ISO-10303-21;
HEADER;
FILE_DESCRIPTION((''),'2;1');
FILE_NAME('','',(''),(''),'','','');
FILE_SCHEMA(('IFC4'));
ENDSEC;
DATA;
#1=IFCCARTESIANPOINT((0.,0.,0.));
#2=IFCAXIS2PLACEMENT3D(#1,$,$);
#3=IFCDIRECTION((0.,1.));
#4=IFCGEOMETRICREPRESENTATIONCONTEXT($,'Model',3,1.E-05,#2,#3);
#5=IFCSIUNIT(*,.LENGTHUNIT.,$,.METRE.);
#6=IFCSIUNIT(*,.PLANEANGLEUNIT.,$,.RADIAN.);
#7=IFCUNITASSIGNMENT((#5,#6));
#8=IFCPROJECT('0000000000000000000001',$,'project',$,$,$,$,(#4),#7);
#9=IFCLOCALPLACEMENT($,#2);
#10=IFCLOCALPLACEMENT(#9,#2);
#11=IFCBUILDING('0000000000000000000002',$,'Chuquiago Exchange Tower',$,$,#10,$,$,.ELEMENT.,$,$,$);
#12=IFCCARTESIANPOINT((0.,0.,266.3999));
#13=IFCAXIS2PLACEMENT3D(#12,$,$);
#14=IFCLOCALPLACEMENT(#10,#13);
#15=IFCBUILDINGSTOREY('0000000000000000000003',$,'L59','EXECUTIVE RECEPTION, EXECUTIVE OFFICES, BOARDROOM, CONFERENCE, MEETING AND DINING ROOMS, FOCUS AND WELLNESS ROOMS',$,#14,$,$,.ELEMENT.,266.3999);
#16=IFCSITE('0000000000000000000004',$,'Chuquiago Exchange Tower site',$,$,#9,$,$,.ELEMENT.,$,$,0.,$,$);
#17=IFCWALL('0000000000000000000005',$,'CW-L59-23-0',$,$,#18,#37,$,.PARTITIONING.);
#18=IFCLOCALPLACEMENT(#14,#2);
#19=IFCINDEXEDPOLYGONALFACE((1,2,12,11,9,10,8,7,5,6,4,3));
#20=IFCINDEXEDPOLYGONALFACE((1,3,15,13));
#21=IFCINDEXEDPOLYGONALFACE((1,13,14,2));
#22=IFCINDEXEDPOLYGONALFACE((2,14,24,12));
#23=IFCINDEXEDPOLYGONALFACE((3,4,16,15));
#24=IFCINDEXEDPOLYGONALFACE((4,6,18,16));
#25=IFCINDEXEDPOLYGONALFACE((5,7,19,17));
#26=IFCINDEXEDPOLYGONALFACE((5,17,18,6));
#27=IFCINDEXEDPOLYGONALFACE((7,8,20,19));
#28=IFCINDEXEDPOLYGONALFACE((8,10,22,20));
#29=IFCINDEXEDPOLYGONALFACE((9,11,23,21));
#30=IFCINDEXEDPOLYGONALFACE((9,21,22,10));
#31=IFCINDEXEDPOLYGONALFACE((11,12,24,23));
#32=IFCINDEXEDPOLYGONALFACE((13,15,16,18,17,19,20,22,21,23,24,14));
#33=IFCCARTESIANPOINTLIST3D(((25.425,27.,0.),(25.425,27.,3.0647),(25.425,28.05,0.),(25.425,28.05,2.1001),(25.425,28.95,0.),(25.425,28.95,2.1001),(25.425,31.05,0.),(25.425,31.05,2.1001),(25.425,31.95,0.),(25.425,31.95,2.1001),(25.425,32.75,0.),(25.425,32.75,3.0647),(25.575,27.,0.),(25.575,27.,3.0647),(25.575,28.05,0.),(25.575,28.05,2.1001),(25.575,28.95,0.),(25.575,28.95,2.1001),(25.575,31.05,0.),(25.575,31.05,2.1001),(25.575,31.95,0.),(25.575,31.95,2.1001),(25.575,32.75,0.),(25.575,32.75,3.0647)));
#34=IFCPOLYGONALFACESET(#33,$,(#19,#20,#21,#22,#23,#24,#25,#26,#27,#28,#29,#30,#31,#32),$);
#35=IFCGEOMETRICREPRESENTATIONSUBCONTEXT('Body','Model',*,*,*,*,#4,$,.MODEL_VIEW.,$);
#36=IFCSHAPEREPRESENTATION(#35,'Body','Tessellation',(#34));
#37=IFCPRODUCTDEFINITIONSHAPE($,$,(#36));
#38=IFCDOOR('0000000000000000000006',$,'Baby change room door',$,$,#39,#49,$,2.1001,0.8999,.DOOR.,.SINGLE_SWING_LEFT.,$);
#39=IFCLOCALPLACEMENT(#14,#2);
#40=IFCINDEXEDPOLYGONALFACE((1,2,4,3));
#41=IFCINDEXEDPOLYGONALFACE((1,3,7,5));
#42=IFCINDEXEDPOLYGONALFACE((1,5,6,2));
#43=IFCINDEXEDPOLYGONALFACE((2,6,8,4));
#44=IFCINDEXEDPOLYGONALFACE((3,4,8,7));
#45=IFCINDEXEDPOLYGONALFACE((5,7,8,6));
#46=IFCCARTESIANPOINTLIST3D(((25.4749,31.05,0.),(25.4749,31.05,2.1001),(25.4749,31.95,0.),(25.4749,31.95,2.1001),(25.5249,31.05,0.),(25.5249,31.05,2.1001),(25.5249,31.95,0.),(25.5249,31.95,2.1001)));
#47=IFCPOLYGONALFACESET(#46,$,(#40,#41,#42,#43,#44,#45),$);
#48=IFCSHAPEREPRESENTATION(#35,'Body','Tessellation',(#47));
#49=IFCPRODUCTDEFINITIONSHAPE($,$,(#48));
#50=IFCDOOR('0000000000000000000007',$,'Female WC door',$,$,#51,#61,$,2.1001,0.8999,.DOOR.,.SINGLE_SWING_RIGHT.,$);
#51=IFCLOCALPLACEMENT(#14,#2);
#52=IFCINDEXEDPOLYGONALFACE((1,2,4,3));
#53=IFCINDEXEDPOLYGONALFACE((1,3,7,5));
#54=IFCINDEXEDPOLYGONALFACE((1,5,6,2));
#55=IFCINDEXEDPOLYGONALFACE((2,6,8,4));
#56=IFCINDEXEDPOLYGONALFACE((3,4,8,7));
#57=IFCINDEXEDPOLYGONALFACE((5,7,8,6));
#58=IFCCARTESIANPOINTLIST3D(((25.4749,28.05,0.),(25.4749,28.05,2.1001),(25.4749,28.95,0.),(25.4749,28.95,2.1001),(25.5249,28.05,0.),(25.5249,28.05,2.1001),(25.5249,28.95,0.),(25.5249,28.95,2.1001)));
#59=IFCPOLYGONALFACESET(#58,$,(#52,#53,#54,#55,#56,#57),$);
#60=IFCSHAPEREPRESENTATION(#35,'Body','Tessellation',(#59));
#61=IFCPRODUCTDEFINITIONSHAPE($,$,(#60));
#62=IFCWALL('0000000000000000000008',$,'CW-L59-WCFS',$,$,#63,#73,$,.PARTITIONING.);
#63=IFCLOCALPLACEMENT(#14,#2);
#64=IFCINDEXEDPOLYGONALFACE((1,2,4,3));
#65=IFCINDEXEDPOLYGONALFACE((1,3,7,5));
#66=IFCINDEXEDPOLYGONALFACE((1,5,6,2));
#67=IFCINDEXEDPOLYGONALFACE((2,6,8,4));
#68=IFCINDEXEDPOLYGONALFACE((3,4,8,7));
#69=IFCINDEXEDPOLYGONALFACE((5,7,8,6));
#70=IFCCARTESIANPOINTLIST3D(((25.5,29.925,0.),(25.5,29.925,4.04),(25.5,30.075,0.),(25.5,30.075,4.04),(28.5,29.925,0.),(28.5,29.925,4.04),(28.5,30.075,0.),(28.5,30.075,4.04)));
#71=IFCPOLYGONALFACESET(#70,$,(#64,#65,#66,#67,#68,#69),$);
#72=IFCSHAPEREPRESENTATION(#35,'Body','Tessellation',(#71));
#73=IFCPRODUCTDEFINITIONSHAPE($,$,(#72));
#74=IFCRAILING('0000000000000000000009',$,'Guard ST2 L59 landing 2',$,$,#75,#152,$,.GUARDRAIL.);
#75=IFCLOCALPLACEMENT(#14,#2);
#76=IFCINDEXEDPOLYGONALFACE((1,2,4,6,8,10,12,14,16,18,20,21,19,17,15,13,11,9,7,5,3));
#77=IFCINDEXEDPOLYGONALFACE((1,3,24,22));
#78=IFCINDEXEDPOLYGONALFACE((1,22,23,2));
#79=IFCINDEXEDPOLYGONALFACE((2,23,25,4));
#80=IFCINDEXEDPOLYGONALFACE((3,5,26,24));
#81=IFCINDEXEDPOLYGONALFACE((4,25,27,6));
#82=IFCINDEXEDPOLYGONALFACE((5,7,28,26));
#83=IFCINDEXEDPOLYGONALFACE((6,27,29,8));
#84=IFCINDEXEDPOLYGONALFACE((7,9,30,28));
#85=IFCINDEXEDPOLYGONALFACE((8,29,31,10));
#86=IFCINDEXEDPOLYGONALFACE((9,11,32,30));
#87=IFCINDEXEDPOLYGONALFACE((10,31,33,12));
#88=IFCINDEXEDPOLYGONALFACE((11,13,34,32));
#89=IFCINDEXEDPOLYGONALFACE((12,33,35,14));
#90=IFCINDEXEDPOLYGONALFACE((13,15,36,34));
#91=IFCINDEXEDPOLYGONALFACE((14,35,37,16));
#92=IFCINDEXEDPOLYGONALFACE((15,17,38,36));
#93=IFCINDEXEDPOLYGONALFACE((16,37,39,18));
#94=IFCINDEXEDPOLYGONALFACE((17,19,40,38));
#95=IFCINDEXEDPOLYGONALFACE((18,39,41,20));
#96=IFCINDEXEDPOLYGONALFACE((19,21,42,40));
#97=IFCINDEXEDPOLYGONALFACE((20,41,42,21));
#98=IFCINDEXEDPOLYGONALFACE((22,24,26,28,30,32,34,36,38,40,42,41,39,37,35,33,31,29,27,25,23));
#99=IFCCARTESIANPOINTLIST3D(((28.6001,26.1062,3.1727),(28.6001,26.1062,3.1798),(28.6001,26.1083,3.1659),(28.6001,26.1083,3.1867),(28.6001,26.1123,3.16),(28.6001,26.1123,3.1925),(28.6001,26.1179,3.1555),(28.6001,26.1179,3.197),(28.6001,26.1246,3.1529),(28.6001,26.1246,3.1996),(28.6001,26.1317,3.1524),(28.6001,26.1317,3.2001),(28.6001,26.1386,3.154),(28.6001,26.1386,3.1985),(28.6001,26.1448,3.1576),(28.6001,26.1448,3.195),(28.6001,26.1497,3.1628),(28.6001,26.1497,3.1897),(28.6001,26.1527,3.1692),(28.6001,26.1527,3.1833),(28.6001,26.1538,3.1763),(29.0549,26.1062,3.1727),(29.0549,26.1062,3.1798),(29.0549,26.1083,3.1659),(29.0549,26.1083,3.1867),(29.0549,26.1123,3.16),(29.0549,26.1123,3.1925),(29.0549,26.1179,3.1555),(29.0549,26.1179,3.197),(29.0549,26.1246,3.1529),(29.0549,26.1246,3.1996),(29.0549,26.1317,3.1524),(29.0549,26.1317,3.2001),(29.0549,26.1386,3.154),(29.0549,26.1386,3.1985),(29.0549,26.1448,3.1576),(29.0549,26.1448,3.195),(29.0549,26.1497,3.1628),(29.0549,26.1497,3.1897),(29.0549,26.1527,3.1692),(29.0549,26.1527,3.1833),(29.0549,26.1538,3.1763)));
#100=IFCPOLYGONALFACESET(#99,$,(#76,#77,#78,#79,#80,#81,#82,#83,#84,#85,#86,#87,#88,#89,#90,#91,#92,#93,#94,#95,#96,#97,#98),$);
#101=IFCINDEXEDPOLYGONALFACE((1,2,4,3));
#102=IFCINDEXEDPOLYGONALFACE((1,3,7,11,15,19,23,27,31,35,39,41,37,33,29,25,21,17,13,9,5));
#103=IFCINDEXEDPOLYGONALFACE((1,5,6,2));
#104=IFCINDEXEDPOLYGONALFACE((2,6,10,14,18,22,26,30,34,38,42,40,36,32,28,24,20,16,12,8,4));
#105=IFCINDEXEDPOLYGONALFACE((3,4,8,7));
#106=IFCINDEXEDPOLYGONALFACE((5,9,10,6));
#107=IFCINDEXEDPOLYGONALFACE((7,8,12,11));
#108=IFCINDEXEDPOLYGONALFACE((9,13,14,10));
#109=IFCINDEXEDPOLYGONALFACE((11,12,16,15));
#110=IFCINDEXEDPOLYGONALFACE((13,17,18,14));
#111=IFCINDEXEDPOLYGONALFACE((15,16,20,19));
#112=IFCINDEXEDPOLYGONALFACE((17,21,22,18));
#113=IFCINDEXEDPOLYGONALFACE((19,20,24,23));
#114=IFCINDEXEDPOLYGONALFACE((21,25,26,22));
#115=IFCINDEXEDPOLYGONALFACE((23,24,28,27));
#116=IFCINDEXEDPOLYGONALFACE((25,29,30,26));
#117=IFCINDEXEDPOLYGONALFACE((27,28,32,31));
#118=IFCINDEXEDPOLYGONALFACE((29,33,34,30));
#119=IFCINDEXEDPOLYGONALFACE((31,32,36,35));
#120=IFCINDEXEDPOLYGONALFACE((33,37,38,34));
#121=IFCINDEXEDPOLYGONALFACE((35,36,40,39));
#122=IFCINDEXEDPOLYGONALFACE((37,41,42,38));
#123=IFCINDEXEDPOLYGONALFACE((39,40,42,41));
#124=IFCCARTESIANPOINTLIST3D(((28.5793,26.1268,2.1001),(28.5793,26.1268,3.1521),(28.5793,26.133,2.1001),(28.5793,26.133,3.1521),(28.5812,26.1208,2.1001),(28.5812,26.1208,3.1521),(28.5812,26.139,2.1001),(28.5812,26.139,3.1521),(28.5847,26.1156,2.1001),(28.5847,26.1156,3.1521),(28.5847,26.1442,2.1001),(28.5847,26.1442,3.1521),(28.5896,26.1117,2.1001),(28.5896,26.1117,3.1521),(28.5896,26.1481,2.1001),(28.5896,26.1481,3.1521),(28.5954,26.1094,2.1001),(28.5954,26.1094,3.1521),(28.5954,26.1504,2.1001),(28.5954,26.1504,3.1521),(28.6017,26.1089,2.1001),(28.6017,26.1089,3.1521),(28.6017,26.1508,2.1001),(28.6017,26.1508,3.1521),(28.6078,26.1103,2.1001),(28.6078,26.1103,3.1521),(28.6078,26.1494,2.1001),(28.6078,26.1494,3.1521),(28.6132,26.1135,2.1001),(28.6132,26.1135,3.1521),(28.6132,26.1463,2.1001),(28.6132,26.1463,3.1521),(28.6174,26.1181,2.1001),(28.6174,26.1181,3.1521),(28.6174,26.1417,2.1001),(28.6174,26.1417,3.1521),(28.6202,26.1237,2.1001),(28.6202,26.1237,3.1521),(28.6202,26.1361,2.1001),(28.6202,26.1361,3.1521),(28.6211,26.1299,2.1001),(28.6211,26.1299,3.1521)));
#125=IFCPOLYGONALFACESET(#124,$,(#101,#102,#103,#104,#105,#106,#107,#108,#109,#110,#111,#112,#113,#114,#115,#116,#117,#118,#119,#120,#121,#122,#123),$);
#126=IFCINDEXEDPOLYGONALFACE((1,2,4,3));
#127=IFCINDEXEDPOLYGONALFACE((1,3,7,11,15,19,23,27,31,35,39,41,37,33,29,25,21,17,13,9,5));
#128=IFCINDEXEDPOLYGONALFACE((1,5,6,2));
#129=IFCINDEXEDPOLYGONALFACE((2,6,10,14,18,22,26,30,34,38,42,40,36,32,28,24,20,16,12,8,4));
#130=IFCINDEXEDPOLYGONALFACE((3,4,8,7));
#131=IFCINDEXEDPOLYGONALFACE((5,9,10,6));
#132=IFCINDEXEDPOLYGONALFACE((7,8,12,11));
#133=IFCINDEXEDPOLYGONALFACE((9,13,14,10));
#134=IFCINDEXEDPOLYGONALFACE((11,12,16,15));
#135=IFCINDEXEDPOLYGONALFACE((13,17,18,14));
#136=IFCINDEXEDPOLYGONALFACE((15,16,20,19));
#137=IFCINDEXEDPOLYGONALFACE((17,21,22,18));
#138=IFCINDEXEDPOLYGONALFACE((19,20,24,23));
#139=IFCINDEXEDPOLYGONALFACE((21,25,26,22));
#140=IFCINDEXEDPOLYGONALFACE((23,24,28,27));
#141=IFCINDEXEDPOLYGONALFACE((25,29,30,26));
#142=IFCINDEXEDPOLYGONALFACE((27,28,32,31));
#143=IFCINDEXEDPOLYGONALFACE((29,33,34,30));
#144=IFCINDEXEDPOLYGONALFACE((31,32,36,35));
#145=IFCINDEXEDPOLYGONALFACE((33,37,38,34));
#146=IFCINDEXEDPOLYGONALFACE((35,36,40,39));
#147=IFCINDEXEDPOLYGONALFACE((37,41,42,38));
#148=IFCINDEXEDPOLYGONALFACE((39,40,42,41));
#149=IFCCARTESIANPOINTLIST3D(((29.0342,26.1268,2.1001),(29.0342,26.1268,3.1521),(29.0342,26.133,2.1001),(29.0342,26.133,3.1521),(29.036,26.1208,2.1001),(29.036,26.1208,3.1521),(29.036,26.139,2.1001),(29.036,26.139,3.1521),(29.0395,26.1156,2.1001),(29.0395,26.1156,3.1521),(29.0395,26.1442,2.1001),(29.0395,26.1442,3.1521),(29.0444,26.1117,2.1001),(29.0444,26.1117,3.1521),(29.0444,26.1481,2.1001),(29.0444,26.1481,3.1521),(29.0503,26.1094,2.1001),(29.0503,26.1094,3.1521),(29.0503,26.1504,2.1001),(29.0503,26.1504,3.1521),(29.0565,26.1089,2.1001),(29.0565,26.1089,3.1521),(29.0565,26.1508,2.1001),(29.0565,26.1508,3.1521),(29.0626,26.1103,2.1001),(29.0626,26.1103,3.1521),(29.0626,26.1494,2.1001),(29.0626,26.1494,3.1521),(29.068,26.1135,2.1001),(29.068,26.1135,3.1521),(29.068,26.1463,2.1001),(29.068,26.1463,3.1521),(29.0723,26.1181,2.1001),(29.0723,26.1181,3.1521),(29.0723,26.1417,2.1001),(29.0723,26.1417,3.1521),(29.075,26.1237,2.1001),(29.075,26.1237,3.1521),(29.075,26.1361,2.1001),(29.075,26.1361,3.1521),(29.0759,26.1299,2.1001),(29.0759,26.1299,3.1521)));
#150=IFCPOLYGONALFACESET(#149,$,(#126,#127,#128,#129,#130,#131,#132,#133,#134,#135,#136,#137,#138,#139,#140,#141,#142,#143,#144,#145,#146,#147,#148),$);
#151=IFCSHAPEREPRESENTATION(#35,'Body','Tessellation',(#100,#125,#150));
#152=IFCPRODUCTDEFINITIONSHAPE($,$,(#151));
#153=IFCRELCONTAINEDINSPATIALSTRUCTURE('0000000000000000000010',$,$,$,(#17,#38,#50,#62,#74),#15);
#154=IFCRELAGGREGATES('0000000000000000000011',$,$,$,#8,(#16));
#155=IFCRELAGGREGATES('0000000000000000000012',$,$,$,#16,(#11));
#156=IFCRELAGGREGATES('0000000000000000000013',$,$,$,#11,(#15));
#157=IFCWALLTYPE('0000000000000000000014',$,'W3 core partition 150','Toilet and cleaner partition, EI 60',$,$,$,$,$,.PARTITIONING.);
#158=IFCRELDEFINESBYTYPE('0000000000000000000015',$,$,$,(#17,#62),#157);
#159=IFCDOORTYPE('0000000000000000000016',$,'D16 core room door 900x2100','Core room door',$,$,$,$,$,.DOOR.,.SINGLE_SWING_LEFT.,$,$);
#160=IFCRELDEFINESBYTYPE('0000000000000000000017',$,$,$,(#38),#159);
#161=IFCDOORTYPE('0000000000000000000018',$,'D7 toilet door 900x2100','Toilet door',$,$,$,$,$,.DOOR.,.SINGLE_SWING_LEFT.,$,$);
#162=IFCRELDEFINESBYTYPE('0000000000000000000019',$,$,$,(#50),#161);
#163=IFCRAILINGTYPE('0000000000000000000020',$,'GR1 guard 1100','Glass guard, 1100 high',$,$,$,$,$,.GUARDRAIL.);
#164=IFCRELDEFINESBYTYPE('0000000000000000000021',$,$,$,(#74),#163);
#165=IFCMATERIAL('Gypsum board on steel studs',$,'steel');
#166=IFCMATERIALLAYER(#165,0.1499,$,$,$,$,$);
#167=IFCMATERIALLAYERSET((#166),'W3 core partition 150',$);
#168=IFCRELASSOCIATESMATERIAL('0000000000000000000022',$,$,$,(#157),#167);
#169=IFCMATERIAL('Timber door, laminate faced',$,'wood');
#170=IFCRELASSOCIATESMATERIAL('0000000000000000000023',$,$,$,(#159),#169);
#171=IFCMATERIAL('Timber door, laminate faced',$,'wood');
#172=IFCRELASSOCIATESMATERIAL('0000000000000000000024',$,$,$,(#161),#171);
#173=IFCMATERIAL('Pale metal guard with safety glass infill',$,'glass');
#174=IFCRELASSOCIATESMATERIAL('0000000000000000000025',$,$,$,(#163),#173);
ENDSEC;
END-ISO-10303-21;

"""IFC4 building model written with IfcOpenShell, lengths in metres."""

from ifc_helpers import new_model, si_unit, direction, frame, frame_2d, origin, origin_2d, place, context, subcontext, project, spatial, rectangle, circle, extrude, material, layer, layer_set, type_object, element, fill, save


model = new_model("IFC4")

# Units and contexts
model_context = context("Model", 3, precision=1e-05, world=origin(), true_north=direction((0.0, 1.0)))
body_context = subcontext(model_context, "Body", "Model", "MODEL_VIEW")
ifc_project = project(units=[si_unit("LENGTHUNIT", "METRE"), si_unit("PLANEANGLEUNIT", "RADIAN")], contexts=[model_context])

# Site, building, storey
site_placement = place(None, origin())
site = spatial("IfcSite", under=ifc_project, at=site_placement, Name="Chuquiago Exchange Tower site", CompositionType="ELEMENT", RefElevation=0.0)
building_placement = place(site_placement, origin())
building = spatial("IfcBuilding", under=site, at=building_placement, Name="Chuquiago Exchange Tower", CompositionType="ELEMENT")
storey_placement = place(building_placement, frame((0.0, 0.0, 266.3999)))
storey = spatial("IfcBuildingStorey", under=building, at=storey_placement, Name="L59", Description="EXECUTIVE RECEPTION, EXECUTIVE OFFICES, BOARDROOM, CONFERENCE, MEETING AND DINING ROOMS, FOCUS AND WELLNESS ROOMS", CompositionType="ELEMENT", Elevation=266.3999)

# Wall, openings, doors
ifc_material_1 = material(Name="Gypsum board on steel studs", Category="steel")
ifc_layer_1 = layer(ifc_material_1, 0.1499)
ifc_layer_set_1 = layer_set([ifc_layer_1], Name="W3 core partition 150")
wall_type_1 = type_object("IfcWallType", Name="W3 core partition 150", Description="Toilet and cleaner partition, EI 60", PredefinedType="PARTITIONING", material=ifc_layer_set_1)
ifc_material_2 = material(Name="Timber door, laminate faced", Category="wood")
door_type_1 = type_object("IfcDoorType", Name="D16 core room door 900x2100", Description="Core room door", OperationType="SINGLE_SWING_LEFT", PredefinedType="DOOR", material=ifc_material_2)
ifc_material_3 = material(Name="Timber door, laminate faced", Category="wood")
door_type_2 = type_object("IfcDoorType", Name="D7 toilet door 900x2100", Description="Toilet door", OperationType="SINGLE_SWING_LEFT", PredefinedType="DOOR", material=ifc_material_3)
wall_1_placement = place(storey_placement, frame((25.5, 27.0, 0.0), z_axis=(0.0, 0.0, 1.0), x_axis=(0.0, 1.0, 0.0)))
wall_1 = element("IfcWall", 1, at=wall_1_placement, inside=storey, type_object=wall_type_1, Name="CW-L59-23-0", PredefinedType="PARTITIONING", context=body_context, shape_type="SweptSolid", body=[
    extrude(rectangle(XDim=5.75, YDim=0.1499, at=frame_2d((2.875, 0.0))), origin(), (0.0, 0.0, 1.0), 3.0647),
])
opening_1_placement = place(wall_1_placement, frame((1.05, 0.0, 0.0)))
opening_1 = element("IfcOpeningElement", 2, at=opening_1_placement, cuts=wall_1, PredefinedType="OPENING", context=body_context, shape_type="SweptSolid", body=[
    extrude(rectangle(XDim=0.8999, YDim=2.1001, at=frame_2d((0.45, 1.05))), frame((0.0, 0.085, 0.0), z_axis=(0.0, -1.0, 0.0), x_axis=(1.0, 0.0, 0.0)), (0.0, 0.0, 1.0), 0.1699),
])
opening_2_placement = place(wall_1_placement, frame((4.05, 0.0, 0.0)))
opening_2 = element("IfcOpeningElement", 3, at=opening_2_placement, cuts=wall_1, PredefinedType="OPENING", context=body_context, shape_type="SweptSolid", body=[
    extrude(rectangle(XDim=0.8999, YDim=2.1001, at=frame_2d((0.45, 1.05))), frame((0.0, 0.085, 0.0), z_axis=(0.0, -1.0, 0.0), x_axis=(1.0, 0.0, 0.0)), (0.0, 0.0, 1.0), 0.1699),
])
door_1_placement = place(opening_2_placement, frame((0.8999, 0.0, 0.0), z_axis=(0.0, 0.0, 1.0), x_axis=(-1.0, 0.0, 0.0)))
door_1 = element("IfcDoor", 4, at=door_1_placement, inside=storey, type_object=door_type_1, Name="Baby change room door", OperationType="SINGLE_SWING_LEFT", OverallHeight=2.1001, OverallWidth=0.8999, PredefinedType="DOOR", context=body_context, shape_type="SweptSolid", body=[
    extrude(rectangle(XDim=0.8999, YDim=2.1001, at=frame_2d((0.45, 1.05))), frame((0.0, 0.0249, 0.0), z_axis=(0.0, -1.0, 0.0), x_axis=(1.0, 0.0, 0.0)), (0.0, 0.0, 1.0), 0.05),
])
fill(opening_2, door_1)
door_2_placement = place(opening_1_placement, frame((0.8999, 0.0, 0.0), z_axis=(0.0, 0.0, 1.0), x_axis=(-1.0, 0.0, 0.0)))
door_2 = element("IfcDoor", 5, at=door_2_placement, inside=storey, type_object=door_type_2, Name="Female WC door", OperationType="SINGLE_SWING_RIGHT", OverallHeight=2.1001, OverallWidth=0.8999, PredefinedType="DOOR", context=body_context, shape_type="SweptSolid", body=[
    extrude(rectangle(XDim=0.8999, YDim=2.1001, at=frame_2d((0.45, 1.05))), frame((0.0, 0.0249, 0.0), z_axis=(0.0, -1.0, 0.0), x_axis=(1.0, 0.0, 0.0)), (0.0, 0.0, 1.0), 0.05),
])
fill(opening_1, door_2)

# Wall
wall_2_placement = place(storey_placement, frame((25.5, 30.0, 0.0), z_axis=(0.0, 0.0, 1.0), x_axis=(1.0, 0.0, 0.0)))
element("IfcWall", 6, at=wall_2_placement, inside=storey, type_object=wall_type_1, Name="CW-L59-WCFS", PredefinedType="PARTITIONING", context=body_context, shape_type="SweptSolid", body=[
    extrude(rectangle(XDim=3.0, YDim=0.1499, at=frame_2d((1.5, 0.0))), origin(), (0.0, 0.0, 1.0), 4.04),
])

# Railing
ifc_material_4 = material(Name="Pale metal guard with safety glass infill", Category="glass")
railing_type_1 = type_object("IfcRailingType", Name="GR1 guard 1100", Description="Glass guard, 1100 high", PredefinedType="GUARDRAIL", material=ifc_material_4)
railing_1_placement = place(storey_placement, frame((28.6001, 26.1299, 2.1001)))
element("IfcRailing", 7, at=railing_1_placement, inside=storey, type_object=railing_type_1, Name="Guard ST2 L59 landing 2", PredefinedType="GUARDRAIL", context=body_context, shape_type="SweptSolid", body=[
    extrude(circle(Radius=0.0239, at=origin_2d()), frame((0.0, 0.0, 1.0762), z_axis=(1.0, 0.0, 0.0), x_axis=(0.0, 1.0, 0.0)), (0.0, 0.0, 1.0), 0.4548),
    extrude(circle(Radius=0.021, at=origin_2d()), origin(), (0.0, 0.0, 1.0), 1.052),
    extrude(circle(Radius=0.021, at=origin_2d()), frame((0.4548, 0.0, 0.0)), (0.0, 0.0, 1.0), 1.052),
])

save(model, "model.ifc")
